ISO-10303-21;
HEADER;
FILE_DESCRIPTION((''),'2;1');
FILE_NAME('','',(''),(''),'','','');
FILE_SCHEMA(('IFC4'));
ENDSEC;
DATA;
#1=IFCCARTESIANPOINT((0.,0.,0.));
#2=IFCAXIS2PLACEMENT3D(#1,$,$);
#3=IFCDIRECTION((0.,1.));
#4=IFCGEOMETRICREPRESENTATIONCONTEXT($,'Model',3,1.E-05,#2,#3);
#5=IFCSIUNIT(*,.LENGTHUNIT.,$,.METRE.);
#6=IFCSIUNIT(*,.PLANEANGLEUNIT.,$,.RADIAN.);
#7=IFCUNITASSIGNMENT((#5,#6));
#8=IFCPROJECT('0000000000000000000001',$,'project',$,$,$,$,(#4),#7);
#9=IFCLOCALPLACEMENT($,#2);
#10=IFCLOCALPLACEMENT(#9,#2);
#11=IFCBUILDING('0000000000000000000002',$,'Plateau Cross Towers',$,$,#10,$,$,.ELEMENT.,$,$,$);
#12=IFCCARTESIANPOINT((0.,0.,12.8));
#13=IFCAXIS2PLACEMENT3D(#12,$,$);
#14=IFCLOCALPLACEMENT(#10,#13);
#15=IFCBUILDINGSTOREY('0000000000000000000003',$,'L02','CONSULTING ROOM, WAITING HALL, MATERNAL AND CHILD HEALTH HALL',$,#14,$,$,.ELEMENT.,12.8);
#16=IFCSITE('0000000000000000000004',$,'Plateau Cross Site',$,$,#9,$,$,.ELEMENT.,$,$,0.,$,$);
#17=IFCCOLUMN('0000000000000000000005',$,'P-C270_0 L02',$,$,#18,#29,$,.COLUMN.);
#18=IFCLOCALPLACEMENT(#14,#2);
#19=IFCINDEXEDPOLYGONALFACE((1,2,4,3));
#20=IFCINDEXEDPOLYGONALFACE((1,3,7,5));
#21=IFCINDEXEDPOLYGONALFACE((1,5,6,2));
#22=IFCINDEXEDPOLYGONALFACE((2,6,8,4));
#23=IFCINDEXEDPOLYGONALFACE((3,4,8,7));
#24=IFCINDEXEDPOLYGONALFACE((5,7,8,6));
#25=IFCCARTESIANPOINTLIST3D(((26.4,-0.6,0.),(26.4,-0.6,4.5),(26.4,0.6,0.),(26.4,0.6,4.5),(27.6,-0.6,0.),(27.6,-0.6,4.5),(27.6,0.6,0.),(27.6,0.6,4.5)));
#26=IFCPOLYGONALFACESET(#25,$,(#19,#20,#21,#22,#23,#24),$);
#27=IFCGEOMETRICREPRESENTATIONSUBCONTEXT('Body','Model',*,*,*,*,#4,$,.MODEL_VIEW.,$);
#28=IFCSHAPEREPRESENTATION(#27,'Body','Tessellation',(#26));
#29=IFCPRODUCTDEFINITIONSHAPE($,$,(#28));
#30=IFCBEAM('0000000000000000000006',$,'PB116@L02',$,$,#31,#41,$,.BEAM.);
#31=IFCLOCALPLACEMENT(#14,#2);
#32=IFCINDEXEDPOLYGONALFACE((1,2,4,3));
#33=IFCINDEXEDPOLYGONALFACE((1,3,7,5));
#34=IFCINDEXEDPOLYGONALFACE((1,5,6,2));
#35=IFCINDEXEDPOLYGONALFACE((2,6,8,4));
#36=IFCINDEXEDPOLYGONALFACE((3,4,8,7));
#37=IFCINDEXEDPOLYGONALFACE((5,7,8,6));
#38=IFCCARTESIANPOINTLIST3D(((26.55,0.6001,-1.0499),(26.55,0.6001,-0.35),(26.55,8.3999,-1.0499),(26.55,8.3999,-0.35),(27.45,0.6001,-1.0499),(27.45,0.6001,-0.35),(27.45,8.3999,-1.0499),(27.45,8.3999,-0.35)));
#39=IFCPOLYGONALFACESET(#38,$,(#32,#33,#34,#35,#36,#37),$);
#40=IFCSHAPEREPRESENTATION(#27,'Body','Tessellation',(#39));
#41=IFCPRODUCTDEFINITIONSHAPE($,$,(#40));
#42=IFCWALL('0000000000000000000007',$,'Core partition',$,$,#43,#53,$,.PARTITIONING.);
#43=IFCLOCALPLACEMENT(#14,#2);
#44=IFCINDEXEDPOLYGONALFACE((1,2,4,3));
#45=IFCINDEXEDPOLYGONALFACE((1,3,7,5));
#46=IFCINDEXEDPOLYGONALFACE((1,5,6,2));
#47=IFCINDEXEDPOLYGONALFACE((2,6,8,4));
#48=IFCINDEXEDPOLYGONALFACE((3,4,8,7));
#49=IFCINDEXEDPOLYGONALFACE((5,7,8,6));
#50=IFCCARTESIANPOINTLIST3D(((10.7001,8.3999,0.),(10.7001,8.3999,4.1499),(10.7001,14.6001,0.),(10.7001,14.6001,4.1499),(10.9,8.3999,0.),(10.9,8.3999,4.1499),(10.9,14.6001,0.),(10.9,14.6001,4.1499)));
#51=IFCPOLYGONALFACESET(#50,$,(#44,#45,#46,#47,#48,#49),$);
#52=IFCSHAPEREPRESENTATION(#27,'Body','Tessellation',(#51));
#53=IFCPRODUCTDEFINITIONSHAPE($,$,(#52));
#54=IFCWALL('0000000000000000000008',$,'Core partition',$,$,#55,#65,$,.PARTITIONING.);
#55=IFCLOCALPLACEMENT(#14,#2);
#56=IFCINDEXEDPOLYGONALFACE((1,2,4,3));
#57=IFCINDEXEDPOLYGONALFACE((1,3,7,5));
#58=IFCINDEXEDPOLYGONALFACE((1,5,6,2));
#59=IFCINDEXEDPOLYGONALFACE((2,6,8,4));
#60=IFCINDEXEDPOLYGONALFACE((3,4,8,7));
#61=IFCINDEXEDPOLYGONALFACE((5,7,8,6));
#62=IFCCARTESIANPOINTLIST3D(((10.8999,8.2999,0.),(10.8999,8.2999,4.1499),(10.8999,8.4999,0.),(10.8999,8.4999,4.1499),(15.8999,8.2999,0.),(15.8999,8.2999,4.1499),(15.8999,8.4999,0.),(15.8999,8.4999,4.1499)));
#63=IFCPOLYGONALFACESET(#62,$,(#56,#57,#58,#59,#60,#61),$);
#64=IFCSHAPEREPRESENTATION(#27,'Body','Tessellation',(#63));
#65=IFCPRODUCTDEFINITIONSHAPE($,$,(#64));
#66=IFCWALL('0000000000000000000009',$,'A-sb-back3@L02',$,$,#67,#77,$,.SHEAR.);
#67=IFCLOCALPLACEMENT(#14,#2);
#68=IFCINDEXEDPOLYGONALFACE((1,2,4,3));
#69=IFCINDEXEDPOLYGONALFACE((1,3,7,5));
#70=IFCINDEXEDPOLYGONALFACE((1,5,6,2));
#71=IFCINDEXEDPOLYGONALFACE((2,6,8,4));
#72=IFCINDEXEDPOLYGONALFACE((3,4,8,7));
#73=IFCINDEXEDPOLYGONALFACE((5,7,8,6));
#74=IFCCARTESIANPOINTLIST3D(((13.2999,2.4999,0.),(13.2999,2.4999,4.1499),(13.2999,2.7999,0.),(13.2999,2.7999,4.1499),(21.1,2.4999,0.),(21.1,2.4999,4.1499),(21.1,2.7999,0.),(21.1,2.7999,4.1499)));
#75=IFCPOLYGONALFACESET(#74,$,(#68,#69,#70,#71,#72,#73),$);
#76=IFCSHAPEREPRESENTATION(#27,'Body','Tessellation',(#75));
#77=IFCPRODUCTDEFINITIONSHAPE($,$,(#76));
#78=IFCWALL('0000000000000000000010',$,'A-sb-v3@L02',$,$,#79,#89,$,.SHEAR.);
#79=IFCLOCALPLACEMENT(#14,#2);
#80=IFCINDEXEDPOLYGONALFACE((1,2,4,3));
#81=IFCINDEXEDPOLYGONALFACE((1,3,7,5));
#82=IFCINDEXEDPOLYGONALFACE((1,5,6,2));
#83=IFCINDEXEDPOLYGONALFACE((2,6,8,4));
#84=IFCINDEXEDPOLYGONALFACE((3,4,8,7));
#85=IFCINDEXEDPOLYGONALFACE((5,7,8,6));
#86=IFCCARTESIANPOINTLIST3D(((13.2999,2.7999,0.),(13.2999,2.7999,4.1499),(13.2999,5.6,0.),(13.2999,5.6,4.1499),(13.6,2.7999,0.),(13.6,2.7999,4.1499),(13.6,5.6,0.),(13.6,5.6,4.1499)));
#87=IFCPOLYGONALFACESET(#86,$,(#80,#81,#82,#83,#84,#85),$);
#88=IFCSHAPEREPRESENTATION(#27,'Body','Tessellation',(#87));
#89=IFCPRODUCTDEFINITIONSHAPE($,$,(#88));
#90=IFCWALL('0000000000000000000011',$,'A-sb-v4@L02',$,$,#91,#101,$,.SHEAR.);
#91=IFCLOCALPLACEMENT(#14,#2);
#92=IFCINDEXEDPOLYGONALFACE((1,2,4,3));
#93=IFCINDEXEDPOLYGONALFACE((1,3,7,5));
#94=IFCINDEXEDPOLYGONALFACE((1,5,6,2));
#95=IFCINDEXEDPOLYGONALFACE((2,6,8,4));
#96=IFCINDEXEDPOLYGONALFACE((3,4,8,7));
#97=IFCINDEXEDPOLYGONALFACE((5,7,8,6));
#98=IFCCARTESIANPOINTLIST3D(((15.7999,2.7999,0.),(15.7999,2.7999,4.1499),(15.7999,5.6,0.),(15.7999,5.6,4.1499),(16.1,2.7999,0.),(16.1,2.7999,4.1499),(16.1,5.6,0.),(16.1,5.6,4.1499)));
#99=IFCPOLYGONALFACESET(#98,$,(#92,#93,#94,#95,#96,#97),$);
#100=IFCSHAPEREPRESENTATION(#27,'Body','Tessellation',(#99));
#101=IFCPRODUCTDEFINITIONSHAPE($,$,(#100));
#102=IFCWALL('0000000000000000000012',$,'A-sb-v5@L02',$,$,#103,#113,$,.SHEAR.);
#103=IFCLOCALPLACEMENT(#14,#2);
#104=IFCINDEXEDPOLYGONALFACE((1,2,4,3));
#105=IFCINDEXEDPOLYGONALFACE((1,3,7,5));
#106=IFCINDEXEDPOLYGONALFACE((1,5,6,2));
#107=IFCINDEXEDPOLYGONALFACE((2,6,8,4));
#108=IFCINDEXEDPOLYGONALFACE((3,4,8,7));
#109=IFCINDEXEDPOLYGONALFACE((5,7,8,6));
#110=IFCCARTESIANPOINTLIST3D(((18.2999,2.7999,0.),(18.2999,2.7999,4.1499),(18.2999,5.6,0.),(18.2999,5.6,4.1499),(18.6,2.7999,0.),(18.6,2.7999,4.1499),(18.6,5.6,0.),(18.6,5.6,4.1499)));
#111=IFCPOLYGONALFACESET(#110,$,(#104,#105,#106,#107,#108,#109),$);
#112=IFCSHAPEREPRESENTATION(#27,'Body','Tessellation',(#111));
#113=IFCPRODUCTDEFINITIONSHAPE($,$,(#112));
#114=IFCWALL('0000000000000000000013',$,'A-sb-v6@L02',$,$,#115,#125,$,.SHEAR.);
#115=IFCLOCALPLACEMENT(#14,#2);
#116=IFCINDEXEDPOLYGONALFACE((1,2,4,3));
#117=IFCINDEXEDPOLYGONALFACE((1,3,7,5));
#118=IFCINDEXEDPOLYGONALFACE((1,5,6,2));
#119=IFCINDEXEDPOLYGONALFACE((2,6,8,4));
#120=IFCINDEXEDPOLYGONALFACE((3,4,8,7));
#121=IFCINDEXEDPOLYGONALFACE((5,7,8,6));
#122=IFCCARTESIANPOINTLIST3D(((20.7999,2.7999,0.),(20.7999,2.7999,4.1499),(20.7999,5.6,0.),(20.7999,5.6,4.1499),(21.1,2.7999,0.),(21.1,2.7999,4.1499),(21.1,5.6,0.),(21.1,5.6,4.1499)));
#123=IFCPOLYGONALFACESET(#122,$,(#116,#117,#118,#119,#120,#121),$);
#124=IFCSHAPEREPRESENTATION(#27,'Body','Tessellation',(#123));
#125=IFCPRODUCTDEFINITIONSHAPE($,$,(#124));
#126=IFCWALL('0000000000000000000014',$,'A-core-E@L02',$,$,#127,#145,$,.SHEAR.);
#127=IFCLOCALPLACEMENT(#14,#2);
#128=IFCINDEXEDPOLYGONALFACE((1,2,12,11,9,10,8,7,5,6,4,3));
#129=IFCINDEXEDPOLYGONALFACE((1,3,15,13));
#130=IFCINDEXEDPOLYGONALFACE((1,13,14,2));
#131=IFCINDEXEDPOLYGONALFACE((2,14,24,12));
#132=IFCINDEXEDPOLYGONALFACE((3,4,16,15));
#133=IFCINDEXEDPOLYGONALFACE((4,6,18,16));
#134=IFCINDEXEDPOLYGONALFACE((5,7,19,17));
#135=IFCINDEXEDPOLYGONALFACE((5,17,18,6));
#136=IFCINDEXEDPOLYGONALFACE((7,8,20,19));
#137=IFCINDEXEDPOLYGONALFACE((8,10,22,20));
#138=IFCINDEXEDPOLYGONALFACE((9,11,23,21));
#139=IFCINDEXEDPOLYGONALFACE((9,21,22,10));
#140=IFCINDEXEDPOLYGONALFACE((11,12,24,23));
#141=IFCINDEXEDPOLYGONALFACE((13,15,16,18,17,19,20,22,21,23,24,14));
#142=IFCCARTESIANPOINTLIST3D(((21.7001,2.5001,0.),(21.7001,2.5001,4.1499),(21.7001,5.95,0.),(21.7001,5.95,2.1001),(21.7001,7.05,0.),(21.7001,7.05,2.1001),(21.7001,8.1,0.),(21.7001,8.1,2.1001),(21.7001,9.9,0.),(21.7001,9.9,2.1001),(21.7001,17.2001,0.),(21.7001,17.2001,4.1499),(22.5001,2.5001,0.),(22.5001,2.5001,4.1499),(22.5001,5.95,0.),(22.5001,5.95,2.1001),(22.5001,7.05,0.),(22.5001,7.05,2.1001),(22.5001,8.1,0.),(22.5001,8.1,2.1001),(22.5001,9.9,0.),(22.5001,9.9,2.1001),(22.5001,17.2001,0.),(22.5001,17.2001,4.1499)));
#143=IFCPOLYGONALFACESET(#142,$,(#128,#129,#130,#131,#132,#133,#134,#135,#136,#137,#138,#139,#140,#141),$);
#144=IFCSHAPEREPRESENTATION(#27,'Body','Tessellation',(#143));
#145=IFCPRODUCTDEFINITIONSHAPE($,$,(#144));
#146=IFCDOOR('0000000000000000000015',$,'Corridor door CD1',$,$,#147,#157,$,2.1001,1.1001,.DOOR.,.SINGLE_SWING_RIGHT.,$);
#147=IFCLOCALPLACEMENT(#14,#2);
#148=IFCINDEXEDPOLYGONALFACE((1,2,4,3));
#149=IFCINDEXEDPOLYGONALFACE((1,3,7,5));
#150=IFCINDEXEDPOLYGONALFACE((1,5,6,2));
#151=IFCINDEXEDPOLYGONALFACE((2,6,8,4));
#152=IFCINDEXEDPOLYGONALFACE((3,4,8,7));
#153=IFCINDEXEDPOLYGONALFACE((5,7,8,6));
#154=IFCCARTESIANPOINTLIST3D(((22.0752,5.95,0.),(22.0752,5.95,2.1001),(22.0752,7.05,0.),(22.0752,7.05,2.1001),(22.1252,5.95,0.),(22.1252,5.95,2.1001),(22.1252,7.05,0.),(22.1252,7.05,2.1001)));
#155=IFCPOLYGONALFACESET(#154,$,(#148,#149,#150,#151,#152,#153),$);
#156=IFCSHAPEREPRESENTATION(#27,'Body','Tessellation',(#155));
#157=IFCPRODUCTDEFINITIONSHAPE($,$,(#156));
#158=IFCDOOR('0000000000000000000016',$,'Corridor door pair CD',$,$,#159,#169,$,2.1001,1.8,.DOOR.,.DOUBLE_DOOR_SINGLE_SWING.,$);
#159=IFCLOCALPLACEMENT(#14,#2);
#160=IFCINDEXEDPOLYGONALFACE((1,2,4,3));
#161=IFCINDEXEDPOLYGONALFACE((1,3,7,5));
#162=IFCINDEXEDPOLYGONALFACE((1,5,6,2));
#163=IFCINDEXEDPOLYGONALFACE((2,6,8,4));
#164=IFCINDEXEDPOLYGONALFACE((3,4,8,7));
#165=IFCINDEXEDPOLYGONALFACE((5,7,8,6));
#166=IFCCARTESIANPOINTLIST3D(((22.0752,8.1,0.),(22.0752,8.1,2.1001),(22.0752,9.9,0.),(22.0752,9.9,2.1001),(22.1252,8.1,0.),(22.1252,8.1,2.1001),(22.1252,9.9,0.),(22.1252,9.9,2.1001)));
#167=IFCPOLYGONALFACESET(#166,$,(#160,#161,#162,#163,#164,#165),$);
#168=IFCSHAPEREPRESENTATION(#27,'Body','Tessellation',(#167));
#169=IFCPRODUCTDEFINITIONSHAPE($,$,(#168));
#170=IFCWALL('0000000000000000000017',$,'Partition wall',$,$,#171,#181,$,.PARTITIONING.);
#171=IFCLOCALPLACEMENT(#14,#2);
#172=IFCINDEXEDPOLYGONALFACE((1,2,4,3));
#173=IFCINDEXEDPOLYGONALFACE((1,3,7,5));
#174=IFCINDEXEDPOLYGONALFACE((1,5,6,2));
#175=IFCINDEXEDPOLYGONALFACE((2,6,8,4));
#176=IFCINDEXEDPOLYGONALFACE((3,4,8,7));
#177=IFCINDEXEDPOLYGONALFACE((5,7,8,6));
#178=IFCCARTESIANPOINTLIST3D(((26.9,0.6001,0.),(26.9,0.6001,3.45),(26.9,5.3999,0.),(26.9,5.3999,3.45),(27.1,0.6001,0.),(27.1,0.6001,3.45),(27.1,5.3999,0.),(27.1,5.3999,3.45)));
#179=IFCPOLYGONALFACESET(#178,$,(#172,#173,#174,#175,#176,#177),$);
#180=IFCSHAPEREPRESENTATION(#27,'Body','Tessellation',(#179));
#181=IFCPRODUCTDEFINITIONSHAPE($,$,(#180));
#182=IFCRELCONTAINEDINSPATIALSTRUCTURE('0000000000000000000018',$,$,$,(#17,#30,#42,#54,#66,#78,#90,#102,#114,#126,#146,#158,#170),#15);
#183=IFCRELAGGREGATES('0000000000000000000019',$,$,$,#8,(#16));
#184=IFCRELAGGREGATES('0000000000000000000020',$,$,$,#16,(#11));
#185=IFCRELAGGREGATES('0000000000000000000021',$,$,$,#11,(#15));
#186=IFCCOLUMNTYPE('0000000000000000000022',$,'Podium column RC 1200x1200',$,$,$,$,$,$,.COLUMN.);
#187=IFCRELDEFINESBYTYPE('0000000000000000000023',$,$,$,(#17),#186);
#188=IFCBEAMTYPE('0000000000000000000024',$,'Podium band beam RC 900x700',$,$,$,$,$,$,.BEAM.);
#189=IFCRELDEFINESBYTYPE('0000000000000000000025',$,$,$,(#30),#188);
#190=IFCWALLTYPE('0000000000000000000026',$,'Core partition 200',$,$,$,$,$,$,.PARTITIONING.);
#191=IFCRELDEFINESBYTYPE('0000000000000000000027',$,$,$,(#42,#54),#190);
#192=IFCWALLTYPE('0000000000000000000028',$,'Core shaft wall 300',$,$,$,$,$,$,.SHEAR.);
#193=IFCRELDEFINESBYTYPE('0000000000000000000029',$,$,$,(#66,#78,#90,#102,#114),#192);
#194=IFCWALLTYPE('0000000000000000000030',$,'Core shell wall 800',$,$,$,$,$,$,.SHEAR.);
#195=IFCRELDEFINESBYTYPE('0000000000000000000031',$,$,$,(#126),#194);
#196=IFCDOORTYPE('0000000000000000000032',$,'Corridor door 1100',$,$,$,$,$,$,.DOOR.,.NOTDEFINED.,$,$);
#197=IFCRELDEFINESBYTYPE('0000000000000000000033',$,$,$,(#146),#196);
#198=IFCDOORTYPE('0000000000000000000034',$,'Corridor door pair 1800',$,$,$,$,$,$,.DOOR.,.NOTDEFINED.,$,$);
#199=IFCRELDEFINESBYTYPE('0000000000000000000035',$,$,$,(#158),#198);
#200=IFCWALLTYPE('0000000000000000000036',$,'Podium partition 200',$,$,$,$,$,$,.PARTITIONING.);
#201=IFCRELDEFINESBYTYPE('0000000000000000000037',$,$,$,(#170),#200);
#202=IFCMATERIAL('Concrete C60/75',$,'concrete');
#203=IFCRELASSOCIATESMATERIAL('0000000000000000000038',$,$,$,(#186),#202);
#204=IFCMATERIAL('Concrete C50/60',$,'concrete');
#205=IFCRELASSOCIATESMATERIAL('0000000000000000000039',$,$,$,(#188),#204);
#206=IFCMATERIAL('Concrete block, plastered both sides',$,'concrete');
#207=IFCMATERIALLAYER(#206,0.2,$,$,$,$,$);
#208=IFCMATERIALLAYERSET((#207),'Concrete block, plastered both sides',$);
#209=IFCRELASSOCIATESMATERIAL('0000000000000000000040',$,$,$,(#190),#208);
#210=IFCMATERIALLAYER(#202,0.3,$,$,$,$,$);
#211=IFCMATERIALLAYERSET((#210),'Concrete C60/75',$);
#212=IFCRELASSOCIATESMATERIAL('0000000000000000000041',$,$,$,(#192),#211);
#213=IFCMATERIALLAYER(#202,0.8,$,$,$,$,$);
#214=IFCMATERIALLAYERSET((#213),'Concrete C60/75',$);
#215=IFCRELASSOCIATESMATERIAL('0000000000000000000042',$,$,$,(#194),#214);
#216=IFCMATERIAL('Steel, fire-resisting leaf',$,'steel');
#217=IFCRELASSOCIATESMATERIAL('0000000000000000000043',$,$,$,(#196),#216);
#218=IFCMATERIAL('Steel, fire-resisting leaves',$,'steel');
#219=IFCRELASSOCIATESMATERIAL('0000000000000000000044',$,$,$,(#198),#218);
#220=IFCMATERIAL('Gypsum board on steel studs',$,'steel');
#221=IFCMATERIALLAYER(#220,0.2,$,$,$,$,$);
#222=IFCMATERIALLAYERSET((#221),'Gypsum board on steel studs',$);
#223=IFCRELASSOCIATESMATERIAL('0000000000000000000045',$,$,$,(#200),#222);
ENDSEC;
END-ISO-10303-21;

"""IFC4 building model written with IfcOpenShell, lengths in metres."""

from ifc_helpers import new_model, si_unit, direction, frame, frame_2d, origin, origin_2d, place, context, subcontext, project, spatial, rectangle, extrude, material, layer, layer_set, material_profile, profile_set, type_object, element, fill, save


model = new_model("IFC4")

# Units and contexts
model_context = context("Model", 3, precision=1e-05, world=origin(), true_north=direction((0.0, 1.0)))
body_context = subcontext(model_context, "Body", "Model", "MODEL_VIEW")
ifc_project = project(units=[si_unit("LENGTHUNIT", "METRE"), si_unit("PLANEANGLEUNIT", "RADIAN")], contexts=[model_context])

# Site, building, storey
site_placement = place(None, origin())
site = spatial("IfcSite", under=ifc_project, at=site_placement, Name="Plateau Cross Site", CompositionType="ELEMENT", RefElevation=0.0)
building_placement = place(site_placement, origin())
building = spatial("IfcBuilding", under=site, at=building_placement, Name="Plateau Cross Towers", CompositionType="ELEMENT")
storey_placement = place(building_placement, frame((0.0, 0.0, 12.8)))
storey = spatial("IfcBuildingStorey", under=building, at=storey_placement, Name="L02", Description="CONSULTING ROOM, WAITING HALL, MATERNAL AND CHILD HEALTH HALL", CompositionType="ELEMENT", Elevation=12.8)

# Column
ifc_material_1 = material(Name="Concrete C60/75", Category="concrete")
ifc_material_profile_1 = material_profile(ifc_material_1, rectangle(XDim=1.2, YDim=1.2, at=origin_2d()), Name="RC 1200x1200")
ifc_profile_set_1 = profile_set([ifc_material_profile_1], Name="Concrete C60/75")
column_type = type_object("IfcColumnType", Name="Podium column RC 1200x1200", PredefinedType="COLUMN", material=ifc_profile_set_1)
column_placement = place(storey_placement, frame((27.0, 0.0, 0.0), z_axis=(0.0, 0.0, 1.0), x_axis=(1.0, 0.0, 0.0)))
element("IfcColumn", 1, at=column_placement, inside=storey, type_object=column_type, Name="P-C270_0 L02", PredefinedType="COLUMN", context=body_context, shape_type="SweptSolid", body=[
    extrude(rectangle(XDim=1.2, YDim=1.2, at=origin_2d()), origin(), (0.0, 0.0, 1.0), 4.5),
])

# Beam
ifc_material_2 = material(Name="Concrete C50/60", Category="concrete")
ifc_material_profile_2 = material_profile(ifc_material_2, rectangle(XDim=0.8999, YDim=0.7, at=origin_2d()), Name="RC 900x700")
ifc_profile_set_2 = profile_set([ifc_material_profile_2], Name="Concrete C50/60")
beam_type = type_object("IfcBeamType", Name="Podium band beam RC 900x700", PredefinedType="BEAM", material=ifc_profile_set_2)
beam_placement = place(storey_placement, frame((27.0, 0.6001, -0.7), z_axis=(0.0, 1.0, 0.0), x_axis=(-1.0, 0.0, 0.0)))
element("IfcBeam", 2, at=beam_placement, inside=storey, type_object=beam_type, Name="PB116@L02", PredefinedType="BEAM", context=body_context, shape_type="SweptSolid", body=[
    extrude(rectangle(XDim=0.8999, YDim=0.7, at=origin_2d()), origin(), (0.0, 0.0, 1.0), 7.7998),
])

# Walls
ifc_material_3 = material(Name="Concrete block, plastered both sides", Category="concrete")
ifc_layer_1 = layer(ifc_material_3, 0.2)
ifc_layer_set_1 = layer_set([ifc_layer_1], Name="Concrete block, plastered both sides")
wall_type_1 = type_object("IfcWallType", Name="Core partition 200", PredefinedType="PARTITIONING", material=ifc_layer_set_1)
wall_1_placement = place(storey_placement, frame((10.8, 8.3999, 0.0), z_axis=(0.0, 0.0, 1.0), x_axis=(0.0, 1.0, 0.0)))
element("IfcWall", 3, at=wall_1_placement, inside=storey, type_object=wall_type_1, Name="Core partition", PredefinedType="PARTITIONING", context=body_context, shape_type="SweptSolid", body=[
    extrude(rectangle(XDim=6.2002, YDim=0.2, at=frame_2d((3.1001, 0.0))), origin(), (0.0, 0.0, 1.0), 4.1499),
])
wall_2_placement = place(storey_placement, frame((10.8999, 8.3999, 0.0), z_axis=(0.0, 0.0, 1.0), x_axis=(1.0, 0.0, 0.0)))
element("IfcWall", 4, at=wall_2_placement, inside=storey, type_object=wall_type_1, Name="Core partition", PredefinedType="PARTITIONING", context=body_context, shape_type="SweptSolid", body=[
    extrude(rectangle(XDim=5.0, YDim=0.2, at=frame_2d((2.5, 0.0))), origin(), (0.0, 0.0, 1.0), 4.1499),
])
ifc_layer_2 = layer(ifc_material_1, 0.3)
ifc_layer_set_2 = layer_set([ifc_layer_2], Name="Concrete C60/75")
wall_type_2 = type_object("IfcWallType", Name="Core shaft wall 300", PredefinedType="SHEAR", material=ifc_layer_set_2)
wall_3_placement = place(storey_placement, frame((13.3, 2.6499, 0.0), z_axis=(0.0, 0.0, 1.0), x_axis=(1.0, 0.0, 0.0)))
element("IfcWall", 5, at=wall_3_placement, inside=storey, type_object=wall_type_2, Name="A-sb-back3@L02", PredefinedType="SHEAR", context=body_context, shape_type="SweptSolid", body=[
    extrude(rectangle(XDim=7.8, YDim=0.3, at=frame_2d((3.8999, 0.0))), origin(), (0.0, 0.0, 1.0), 4.1499),
])
for number, where, z_axis, x_axis, name in (
    (6, (13.45, 2.8, 0.0), (0.0, 0.0, 1.0), (0.0, 1.0, 0.0), "A-sb-v3@L02"),
    (7, (15.95, 2.8, 0.0), (0.0, 0.0, 1.0), (0.0, 1.0, 0.0), "A-sb-v4@L02"),
    (8, (18.45, 2.8, 0.0), (0.0, 0.0, 1.0), (0.0, 1.0, 0.0), "A-sb-v5@L02"),
    (9, (20.95, 2.8, 0.0), (0.0, 0.0, 1.0), (0.0, 1.0, 0.0), "A-sb-v6@L02"),
):
    element("IfcWall", number, at=place(storey_placement, frame(where, z_axis=z_axis, x_axis=x_axis)), inside=storey, type_object=wall_type_2, Name=name, PredefinedType="SHEAR", context=body_context, shape_type="SweptSolid", body=[
        extrude(rectangle(XDim=2.8, YDim=0.3, at=frame_2d((1.3999, 0.0))), origin(), (0.0, 0.0, 1.0), 4.1499),
    ])

# Wall, openings, doors
ifc_layer_3 = layer(ifc_material_1, 0.8)
ifc_layer_set_3 = layer_set([ifc_layer_3], Name="Concrete C60/75")
wall_type_3 = type_object("IfcWallType", Name="Core shell wall 800", PredefinedType="SHEAR", material=ifc_layer_set_3)
wall_4_placement = place(storey_placement, frame((22.1001, 2.5, 0.0), z_axis=(0.0, 0.0, 1.0), x_axis=(0.0, 1.0, 0.0)))
wall_4 = element("IfcWall", 10, at=wall_4_placement, inside=storey, type_object=wall_type_3, Name="A-core-E@L02", PredefinedType="SHEAR", context=body_context, shape_type="SweptSolid", body=[
    extrude(rectangle(XDim=14.7, YDim=0.8, at=frame_2d((7.3501, 0.0))), origin(), (0.0, 0.0, 1.0), 4.1499),
])
opening_1_placement = place(wall_4_placement, frame((5.6001, 0.0, 0.0)))
opening_1 = element("IfcOpeningElement", 11, at=opening_1_placement, cuts=wall_4, PredefinedType="OPENING", context=body_context, shape_type="SweptSolid", body=[
    extrude(rectangle(XDim=1.8, YDim=2.1001, at=frame_2d((0.8999, 1.05))), frame((0.0, 0.4099, 0.0), z_axis=(0.0, -1.0, 0.0), x_axis=(1.0, 0.0, 0.0)), (0.0, 0.0, 1.0), 0.8201),
])
opening_2_placement = place(wall_4_placement, frame((3.45, 0.0, 0.0)))
opening_2 = element("IfcOpeningElement", 12, at=opening_2_placement, cuts=wall_4, PredefinedType="OPENING", context=body_context, shape_type="SweptSolid", body=[
    extrude(rectangle(XDim=1.1001, YDim=2.1001, at=frame_2d((0.55, 1.05))), frame((0.0, 0.4099, 0.0), z_axis=(0.0, -1.0, 0.0), x_axis=(1.0, 0.0, 0.0)), (0.0, 0.0, 1.0), 0.8201),
])
ifc_material_4 = material(Name="Steel, fire-resisting leaf", Category="steel")
door_type_1 = type_object("IfcDoorType", Name="Corridor door 1100", OperationType="NOTDEFINED", PredefinedType="DOOR", material=ifc_material_4)
door_1_placement = place(opening_2_placement, origin())
door_1 = element("IfcDoor", 13, at=door_1_placement, inside=storey, type_object=door_type_1, Name="Corridor door CD1", OperationType="SINGLE_SWING_RIGHT", OverallHeight=2.1001, OverallWidth=1.1001, PredefinedType="DOOR", context=body_context, shape_type="SweptSolid", body=[
    extrude(rectangle(XDim=1.1001, YDim=2.1001, at=frame_2d((0.55, 1.05))), frame((0.0, 0.0249, 0.0), z_axis=(0.0, -1.0, 0.0), x_axis=(1.0, 0.0, 0.0)), (0.0, 0.0, 1.0), 0.05),
])
fill(opening_2, door_1)
ifc_material_5 = material(Name="Steel, fire-resisting leaves", Category="steel")
door_type_2 = type_object("IfcDoorType", Name="Corridor door pair 1800", OperationType="NOTDEFINED", PredefinedType="DOOR", material=ifc_material_5)
door_2_placement = place(opening_1_placement, origin())
door_2 = element("IfcDoor", 14, at=door_2_placement, inside=storey, type_object=door_type_2, Name="Corridor door pair CD", OperationType="DOUBLE_DOOR_SINGLE_SWING", OverallHeight=2.1001, OverallWidth=1.8, PredefinedType="DOOR", context=body_context, shape_type="SweptSolid", body=[
    extrude(rectangle(XDim=1.8, YDim=2.1001, at=frame_2d((0.8999, 1.05))), frame((0.0, 0.0249, 0.0), z_axis=(0.0, -1.0, 0.0), x_axis=(1.0, 0.0, 0.0)), (0.0, 0.0, 1.0), 0.05),
])
fill(opening_1, door_2)

# Wall
ifc_material_6 = material(Name="Gypsum board on steel studs", Category="steel")
ifc_layer_4 = layer(ifc_material_6, 0.2)
ifc_layer_set_4 = layer_set([ifc_layer_4], Name="Gypsum board on steel studs")
wall_type_4 = type_object("IfcWallType", Name="Podium partition 200", PredefinedType="PARTITIONING", material=ifc_layer_set_4)
wall_5_placement = place(storey_placement, frame((27.0, 5.3999, 0.0), z_axis=(0.0, 0.0, 1.0), x_axis=(0.0, -1.0, 0.0)))
element("IfcWall", 15, at=wall_5_placement, inside=storey, type_object=wall_type_4, Name="Partition wall", PredefinedType="PARTITIONING", context=body_context, shape_type="SweptSolid", body=[
    extrude(rectangle(XDim=4.7998, YDim=0.2, at=frame_2d((2.3999, 0.0))), origin(), (0.0, 0.0, 1.0), 3.45),
])

save(model, "model.ifc")
